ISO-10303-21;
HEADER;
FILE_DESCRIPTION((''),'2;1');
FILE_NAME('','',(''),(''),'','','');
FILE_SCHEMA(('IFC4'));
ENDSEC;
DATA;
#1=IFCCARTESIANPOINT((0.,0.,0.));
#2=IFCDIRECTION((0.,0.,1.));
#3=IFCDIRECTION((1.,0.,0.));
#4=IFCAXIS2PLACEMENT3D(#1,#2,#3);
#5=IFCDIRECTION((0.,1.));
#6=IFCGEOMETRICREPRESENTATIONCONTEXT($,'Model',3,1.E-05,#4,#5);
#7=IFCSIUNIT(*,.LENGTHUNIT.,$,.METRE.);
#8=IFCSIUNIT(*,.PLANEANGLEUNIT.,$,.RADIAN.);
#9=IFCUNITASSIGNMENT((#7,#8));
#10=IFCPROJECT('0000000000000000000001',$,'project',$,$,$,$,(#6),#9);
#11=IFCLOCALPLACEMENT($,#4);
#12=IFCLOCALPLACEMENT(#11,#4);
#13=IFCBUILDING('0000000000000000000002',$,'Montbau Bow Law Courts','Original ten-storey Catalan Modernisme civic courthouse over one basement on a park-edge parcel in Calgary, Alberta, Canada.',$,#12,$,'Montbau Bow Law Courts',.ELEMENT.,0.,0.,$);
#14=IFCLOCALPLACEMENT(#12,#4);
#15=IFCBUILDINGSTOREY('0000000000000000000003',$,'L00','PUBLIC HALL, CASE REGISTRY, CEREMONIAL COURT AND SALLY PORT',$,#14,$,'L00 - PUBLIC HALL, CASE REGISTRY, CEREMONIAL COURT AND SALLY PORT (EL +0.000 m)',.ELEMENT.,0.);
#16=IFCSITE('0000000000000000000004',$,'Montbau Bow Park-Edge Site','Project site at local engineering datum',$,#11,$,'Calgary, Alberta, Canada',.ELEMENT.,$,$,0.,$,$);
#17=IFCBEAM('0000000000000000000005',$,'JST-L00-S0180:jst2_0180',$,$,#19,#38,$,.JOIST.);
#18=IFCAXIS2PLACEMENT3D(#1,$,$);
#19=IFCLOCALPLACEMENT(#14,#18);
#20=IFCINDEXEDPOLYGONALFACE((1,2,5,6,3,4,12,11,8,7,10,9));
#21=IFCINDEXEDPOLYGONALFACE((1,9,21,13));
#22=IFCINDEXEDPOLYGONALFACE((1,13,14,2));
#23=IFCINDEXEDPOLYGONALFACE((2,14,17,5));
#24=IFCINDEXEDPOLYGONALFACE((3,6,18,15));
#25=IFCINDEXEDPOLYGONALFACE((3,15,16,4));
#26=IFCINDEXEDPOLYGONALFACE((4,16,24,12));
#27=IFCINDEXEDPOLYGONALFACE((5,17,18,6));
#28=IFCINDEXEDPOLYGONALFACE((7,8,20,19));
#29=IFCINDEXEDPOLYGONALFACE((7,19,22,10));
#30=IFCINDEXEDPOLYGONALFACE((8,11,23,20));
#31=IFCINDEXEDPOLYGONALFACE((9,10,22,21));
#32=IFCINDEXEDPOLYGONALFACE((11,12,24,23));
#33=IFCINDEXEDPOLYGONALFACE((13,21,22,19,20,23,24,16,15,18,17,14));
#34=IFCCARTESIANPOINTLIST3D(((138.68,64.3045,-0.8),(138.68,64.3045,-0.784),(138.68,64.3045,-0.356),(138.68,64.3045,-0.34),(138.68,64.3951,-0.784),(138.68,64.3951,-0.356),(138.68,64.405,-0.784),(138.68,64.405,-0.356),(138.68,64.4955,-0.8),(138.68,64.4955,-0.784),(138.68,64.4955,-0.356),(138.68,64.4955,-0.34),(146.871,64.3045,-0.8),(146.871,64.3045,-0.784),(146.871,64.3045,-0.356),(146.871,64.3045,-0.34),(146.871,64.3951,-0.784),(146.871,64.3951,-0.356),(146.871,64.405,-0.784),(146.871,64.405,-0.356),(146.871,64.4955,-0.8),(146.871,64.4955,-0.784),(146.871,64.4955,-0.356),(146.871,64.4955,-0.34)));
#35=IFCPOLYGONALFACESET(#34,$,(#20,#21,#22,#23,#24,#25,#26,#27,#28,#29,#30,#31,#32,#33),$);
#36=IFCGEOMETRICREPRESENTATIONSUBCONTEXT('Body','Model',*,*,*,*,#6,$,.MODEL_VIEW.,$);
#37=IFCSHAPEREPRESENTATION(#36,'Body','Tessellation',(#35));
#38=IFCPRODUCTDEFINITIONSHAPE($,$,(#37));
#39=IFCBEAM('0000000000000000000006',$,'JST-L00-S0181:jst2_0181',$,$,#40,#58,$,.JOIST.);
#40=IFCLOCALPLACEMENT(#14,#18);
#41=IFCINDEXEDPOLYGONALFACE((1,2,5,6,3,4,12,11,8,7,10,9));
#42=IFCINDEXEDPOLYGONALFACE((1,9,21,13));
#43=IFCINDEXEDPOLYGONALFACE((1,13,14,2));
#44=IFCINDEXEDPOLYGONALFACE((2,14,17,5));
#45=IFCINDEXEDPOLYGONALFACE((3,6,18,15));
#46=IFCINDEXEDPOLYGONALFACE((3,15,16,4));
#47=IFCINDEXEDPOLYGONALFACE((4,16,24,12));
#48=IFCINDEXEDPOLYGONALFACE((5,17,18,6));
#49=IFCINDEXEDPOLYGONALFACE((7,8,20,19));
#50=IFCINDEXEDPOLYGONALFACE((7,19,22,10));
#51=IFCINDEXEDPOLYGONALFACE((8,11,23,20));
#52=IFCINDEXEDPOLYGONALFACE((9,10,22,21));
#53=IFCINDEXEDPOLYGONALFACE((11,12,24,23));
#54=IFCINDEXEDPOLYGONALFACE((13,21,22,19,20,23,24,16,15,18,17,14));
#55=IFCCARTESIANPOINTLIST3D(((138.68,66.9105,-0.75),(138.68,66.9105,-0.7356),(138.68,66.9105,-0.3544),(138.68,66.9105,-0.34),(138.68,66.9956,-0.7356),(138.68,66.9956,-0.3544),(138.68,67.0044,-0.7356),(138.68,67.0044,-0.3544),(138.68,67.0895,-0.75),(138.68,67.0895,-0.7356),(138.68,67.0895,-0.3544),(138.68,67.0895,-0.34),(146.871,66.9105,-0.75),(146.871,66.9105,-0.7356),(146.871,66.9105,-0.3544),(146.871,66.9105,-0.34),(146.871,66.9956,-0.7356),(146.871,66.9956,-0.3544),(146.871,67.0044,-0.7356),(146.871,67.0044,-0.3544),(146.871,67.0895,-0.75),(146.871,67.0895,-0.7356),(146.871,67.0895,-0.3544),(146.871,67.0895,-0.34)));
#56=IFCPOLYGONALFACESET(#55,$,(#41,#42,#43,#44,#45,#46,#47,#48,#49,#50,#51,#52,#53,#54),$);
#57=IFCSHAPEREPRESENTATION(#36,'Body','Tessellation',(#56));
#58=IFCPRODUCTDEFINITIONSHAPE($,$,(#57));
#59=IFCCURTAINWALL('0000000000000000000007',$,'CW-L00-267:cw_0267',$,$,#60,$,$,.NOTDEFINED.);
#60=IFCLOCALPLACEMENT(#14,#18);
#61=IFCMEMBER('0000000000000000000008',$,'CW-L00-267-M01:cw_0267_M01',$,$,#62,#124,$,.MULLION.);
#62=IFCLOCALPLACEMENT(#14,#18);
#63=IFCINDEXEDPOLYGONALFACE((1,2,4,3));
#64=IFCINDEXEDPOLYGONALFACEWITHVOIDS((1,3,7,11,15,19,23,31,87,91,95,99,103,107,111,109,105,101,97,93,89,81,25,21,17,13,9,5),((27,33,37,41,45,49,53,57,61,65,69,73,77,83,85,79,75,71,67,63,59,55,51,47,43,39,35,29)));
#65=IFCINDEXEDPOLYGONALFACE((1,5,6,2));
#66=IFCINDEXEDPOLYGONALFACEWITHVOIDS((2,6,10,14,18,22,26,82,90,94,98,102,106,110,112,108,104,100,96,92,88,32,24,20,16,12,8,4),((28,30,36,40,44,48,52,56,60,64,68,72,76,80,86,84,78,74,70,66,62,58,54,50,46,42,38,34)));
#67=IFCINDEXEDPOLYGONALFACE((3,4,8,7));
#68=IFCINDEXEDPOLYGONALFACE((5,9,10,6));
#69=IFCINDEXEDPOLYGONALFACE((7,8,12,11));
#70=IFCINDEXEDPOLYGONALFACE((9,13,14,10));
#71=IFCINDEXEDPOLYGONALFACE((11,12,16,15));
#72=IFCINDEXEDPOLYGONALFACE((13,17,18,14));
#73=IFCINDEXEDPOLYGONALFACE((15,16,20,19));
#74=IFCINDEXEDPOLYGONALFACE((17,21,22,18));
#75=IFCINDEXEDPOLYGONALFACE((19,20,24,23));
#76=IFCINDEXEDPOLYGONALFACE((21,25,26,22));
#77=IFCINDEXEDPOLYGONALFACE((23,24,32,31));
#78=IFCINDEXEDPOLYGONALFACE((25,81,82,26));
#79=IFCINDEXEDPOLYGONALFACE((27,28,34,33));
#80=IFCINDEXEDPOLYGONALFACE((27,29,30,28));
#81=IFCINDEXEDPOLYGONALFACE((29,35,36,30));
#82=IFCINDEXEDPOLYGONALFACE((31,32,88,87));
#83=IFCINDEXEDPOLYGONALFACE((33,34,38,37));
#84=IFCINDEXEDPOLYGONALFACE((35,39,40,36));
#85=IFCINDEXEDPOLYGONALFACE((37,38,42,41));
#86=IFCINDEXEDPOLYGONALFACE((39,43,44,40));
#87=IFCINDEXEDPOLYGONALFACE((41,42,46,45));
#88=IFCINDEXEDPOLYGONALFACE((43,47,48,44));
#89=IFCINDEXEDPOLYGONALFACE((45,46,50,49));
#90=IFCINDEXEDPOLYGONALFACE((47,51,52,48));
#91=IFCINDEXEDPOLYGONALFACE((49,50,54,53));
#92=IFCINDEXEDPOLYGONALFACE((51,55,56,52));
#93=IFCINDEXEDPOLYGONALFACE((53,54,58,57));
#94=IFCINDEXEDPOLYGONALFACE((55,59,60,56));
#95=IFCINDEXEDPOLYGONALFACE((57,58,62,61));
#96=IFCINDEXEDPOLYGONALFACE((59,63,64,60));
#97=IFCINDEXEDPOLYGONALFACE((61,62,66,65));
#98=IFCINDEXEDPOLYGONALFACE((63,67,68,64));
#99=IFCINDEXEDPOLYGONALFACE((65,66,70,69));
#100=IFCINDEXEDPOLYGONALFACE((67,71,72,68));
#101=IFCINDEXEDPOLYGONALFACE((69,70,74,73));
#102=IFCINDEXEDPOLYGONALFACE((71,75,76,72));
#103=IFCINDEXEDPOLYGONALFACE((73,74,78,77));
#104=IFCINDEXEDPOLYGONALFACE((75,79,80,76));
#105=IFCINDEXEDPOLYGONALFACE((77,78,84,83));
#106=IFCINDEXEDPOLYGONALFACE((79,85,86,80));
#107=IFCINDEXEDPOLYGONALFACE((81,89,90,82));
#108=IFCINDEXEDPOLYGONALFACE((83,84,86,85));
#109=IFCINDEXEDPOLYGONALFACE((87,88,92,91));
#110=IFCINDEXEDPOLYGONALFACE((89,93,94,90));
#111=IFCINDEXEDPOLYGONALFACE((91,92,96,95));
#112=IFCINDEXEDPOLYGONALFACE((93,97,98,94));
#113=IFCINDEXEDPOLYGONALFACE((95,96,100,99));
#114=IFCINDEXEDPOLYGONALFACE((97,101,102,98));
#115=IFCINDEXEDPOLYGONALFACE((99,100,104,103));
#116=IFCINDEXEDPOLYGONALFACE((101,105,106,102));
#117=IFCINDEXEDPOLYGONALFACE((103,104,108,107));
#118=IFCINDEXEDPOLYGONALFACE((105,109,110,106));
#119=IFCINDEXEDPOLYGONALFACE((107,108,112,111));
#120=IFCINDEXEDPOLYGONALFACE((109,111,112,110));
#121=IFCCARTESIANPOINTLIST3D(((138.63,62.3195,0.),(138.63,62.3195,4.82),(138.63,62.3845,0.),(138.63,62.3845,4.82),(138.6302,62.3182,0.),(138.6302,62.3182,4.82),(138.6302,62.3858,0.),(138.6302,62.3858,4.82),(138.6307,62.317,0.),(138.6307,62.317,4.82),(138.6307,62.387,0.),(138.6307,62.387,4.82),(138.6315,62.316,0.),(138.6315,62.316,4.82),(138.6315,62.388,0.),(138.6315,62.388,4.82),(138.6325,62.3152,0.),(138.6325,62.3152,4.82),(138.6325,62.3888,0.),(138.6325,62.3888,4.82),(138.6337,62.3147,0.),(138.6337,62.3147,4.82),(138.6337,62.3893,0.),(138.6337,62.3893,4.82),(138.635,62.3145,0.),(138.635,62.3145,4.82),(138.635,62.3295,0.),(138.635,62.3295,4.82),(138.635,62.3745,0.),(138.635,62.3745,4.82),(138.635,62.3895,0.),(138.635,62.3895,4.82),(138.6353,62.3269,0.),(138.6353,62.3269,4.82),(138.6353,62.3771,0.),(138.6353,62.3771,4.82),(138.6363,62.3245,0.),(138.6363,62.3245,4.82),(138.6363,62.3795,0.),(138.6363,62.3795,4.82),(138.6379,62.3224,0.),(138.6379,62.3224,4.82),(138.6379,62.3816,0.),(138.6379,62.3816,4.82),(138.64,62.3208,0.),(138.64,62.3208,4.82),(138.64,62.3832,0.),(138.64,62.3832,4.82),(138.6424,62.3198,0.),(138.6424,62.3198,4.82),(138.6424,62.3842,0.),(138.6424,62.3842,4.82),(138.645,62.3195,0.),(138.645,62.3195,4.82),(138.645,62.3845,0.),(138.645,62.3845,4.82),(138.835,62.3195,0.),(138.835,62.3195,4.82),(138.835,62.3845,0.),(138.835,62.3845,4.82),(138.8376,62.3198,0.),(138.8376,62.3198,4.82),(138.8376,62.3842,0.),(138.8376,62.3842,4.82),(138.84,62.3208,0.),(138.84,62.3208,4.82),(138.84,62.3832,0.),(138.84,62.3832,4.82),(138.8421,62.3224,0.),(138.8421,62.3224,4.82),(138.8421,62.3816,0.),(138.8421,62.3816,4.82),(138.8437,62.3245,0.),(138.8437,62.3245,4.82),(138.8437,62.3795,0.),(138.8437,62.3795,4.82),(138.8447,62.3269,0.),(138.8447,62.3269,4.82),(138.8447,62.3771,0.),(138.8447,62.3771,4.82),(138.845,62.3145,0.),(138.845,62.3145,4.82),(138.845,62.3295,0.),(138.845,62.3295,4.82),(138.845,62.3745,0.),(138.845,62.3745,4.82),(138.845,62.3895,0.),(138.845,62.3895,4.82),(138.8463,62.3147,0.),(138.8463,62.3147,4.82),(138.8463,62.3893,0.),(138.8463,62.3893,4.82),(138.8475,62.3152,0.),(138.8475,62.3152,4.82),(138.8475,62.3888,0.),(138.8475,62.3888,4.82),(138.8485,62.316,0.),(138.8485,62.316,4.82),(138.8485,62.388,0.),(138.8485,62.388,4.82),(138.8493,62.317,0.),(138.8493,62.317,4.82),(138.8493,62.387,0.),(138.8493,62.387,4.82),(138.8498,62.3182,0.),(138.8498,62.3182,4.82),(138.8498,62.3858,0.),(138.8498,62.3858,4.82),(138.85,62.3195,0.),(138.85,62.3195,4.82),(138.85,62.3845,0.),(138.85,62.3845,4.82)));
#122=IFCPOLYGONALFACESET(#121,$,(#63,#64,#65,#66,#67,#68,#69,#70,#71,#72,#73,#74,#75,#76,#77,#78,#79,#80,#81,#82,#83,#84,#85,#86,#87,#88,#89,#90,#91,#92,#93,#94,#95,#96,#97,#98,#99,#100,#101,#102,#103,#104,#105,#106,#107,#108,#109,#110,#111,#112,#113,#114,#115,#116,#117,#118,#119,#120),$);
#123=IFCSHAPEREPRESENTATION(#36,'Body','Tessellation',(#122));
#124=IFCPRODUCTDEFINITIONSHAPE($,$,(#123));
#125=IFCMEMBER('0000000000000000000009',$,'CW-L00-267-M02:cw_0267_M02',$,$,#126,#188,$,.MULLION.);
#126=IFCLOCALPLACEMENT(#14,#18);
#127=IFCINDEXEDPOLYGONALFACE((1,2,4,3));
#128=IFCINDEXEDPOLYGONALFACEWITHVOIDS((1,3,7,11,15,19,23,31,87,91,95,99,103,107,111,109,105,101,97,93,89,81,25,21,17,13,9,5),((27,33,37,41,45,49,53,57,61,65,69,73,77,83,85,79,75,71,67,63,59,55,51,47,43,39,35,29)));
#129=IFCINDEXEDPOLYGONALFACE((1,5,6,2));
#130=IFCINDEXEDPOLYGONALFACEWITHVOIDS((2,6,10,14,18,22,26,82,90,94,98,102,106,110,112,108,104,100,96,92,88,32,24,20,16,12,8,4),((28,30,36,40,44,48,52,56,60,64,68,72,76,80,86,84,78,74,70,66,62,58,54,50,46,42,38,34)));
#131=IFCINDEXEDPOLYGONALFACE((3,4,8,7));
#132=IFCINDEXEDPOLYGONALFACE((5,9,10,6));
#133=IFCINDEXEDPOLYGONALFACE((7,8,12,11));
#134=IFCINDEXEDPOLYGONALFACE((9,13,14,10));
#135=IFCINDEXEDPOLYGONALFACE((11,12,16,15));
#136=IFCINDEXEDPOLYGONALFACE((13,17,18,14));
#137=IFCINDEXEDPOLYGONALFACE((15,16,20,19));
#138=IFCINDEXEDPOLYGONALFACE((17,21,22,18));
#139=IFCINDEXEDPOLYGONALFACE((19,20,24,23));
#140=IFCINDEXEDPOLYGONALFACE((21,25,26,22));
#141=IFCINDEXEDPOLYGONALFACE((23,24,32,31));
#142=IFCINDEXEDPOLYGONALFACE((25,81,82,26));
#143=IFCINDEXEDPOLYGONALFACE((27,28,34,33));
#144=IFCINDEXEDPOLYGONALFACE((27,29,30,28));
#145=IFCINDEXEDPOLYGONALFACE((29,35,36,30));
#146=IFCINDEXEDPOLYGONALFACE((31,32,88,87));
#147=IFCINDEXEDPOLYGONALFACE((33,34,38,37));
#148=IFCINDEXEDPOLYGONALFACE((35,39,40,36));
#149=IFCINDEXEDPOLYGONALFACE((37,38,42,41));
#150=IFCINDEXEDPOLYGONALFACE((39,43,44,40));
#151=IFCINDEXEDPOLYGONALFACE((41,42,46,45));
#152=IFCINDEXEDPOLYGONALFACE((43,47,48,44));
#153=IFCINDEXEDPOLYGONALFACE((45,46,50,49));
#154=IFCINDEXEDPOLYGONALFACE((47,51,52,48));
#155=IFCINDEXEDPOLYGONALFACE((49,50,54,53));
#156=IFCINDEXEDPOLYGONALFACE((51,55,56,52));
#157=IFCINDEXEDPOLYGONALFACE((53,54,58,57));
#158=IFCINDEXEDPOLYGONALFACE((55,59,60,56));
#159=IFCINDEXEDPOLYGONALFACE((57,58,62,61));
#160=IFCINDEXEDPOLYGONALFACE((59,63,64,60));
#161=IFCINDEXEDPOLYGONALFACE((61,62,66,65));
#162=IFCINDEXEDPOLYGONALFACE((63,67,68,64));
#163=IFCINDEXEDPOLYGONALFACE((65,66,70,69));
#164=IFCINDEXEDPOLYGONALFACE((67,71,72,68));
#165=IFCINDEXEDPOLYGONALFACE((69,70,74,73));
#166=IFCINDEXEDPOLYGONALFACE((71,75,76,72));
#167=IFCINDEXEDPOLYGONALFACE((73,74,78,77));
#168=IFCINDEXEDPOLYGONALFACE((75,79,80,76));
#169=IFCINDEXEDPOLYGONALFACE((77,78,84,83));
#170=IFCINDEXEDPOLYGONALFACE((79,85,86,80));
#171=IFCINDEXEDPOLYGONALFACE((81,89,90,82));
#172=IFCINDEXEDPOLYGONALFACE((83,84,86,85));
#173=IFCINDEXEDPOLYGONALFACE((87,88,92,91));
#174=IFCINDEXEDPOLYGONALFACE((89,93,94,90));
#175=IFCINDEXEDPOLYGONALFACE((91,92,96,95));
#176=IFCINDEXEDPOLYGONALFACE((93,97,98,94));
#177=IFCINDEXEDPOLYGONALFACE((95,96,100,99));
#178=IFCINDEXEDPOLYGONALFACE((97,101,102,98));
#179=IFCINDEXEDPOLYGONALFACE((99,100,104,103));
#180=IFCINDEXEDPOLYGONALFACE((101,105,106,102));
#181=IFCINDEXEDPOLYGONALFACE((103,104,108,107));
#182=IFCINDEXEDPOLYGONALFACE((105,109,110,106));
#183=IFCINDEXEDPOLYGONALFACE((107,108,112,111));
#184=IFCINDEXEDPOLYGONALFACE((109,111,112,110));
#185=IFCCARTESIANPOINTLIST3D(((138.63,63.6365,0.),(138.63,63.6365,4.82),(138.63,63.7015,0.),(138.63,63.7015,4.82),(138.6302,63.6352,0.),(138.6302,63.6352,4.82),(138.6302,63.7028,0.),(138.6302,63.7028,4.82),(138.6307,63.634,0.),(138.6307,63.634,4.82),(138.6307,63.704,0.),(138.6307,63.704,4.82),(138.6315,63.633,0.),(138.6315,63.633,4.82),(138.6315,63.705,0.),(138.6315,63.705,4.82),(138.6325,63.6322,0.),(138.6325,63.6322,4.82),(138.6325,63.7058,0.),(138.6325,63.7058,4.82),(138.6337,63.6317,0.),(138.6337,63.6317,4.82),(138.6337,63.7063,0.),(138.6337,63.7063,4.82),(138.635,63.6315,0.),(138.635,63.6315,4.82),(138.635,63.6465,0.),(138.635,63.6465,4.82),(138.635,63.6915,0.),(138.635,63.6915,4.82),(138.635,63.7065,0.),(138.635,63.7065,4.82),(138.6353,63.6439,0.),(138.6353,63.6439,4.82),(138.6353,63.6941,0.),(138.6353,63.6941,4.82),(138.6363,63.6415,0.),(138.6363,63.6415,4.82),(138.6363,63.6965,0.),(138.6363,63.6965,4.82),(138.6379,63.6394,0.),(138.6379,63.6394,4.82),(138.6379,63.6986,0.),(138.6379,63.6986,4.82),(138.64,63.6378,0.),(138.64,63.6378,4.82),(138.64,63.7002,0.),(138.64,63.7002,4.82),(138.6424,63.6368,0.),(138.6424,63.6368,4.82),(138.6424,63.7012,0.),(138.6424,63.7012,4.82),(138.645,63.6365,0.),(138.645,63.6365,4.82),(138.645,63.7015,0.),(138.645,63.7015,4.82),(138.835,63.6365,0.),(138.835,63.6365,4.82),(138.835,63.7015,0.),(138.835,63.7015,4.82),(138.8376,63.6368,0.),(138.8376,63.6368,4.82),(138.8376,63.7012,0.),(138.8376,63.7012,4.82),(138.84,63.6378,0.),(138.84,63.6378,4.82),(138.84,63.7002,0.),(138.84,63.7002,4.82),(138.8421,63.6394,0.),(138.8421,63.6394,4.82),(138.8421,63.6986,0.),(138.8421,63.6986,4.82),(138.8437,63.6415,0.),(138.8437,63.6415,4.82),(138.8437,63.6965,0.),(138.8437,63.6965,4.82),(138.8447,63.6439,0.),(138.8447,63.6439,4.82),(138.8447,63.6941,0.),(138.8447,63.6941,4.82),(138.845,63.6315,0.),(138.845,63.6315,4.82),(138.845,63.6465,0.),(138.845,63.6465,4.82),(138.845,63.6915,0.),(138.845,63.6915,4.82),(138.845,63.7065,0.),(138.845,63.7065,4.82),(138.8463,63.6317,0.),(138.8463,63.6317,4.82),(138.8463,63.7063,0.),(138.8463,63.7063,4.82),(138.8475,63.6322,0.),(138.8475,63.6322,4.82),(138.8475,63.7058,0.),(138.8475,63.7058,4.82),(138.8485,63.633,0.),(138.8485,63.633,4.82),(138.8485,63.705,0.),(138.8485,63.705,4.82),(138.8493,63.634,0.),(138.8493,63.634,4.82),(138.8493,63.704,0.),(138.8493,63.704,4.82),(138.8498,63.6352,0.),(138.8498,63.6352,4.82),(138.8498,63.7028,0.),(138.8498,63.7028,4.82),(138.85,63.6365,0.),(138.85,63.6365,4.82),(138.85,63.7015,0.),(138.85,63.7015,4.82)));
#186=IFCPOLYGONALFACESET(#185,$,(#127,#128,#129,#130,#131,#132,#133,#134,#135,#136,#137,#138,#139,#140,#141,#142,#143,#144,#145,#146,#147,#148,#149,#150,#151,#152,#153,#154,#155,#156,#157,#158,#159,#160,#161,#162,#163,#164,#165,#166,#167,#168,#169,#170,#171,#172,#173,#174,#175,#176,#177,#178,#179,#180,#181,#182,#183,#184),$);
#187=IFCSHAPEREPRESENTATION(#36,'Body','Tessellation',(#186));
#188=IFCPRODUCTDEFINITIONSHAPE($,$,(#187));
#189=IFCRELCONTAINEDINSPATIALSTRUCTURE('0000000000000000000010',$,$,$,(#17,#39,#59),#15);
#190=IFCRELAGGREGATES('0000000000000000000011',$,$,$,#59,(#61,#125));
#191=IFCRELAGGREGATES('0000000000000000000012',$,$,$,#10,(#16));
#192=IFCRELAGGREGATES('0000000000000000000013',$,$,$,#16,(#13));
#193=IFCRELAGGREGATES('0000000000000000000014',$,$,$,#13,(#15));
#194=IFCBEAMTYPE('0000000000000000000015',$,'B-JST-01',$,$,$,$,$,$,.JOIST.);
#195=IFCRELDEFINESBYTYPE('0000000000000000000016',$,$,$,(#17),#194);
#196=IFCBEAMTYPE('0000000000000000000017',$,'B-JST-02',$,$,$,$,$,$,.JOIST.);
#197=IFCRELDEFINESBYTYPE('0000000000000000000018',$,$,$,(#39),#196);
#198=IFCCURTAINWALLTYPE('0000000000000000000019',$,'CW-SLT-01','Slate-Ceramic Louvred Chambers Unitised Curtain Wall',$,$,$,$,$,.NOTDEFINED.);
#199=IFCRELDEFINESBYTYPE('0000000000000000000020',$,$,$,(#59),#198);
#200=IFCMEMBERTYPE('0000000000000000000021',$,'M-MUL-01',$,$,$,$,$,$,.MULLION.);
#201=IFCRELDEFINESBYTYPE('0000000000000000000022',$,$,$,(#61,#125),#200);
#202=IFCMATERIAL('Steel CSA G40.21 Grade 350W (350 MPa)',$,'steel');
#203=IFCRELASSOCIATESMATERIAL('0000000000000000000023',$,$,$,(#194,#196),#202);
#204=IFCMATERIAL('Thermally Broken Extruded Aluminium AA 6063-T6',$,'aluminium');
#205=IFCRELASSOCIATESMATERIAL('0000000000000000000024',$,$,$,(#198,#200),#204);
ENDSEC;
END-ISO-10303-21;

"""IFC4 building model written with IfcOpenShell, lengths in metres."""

from ifc_helpers import new_model, si_unit, direction, frame, origin_with_axes, origin_2d_with_axis, place, context, subcontext, project, spatial, hollow_rectangle, i_section, extrude, material, material_profile, profile_set, type_object, element, aggregate, save


model = new_model("IFC4")

# Units and contexts
model_context = context("Model", 3, precision=1e-05, world=origin_with_axes(), true_north=direction((0.0, 1.0)))
body_context = subcontext(model_context, "Body", "Model", "MODEL_VIEW")
ifc_project = project(units=[si_unit("LENGTHUNIT", "METRE"), si_unit("PLANEANGLEUNIT", "RADIAN")], contexts=[model_context])

# Site, building, storey
site_placement = place(None, origin_with_axes())
site = spatial("IfcSite", under=ifc_project, at=site_placement, Name="Montbau Bow Park-Edge Site", Description="Project site at local engineering datum", LongName="Calgary, Alberta, Canada", CompositionType="ELEMENT", RefElevation=0.0)
building_placement = place(site_placement, origin_with_axes())
building = spatial("IfcBuilding", under=site, at=building_placement, Name="Montbau Bow Law Courts", Description="Original ten-storey Catalan Modernisme civic courthouse over one basement on a park-edge parcel in Calgary, Alberta, Canada.", LongName="Montbau Bow Law Courts", CompositionType="ELEMENT", ElevationOfRefHeight=0.0, ElevationOfTerrain=0.0)
storey_placement = place(building_placement, origin_with_axes())
storey = spatial("IfcBuildingStorey", under=building, at=storey_placement, Name="L00", Description="PUBLIC HALL, CASE REGISTRY, CEREMONIAL COURT AND SALLY PORT", LongName="L00 - PUBLIC HALL, CASE REGISTRY, CEREMONIAL COURT AND SALLY PORT (EL +0.000 m)", CompositionType="ELEMENT", Elevation=0.0)

# Beams
ifc_material_1 = material(Name="Steel CSA G40.21 Grade 350W (350 MPa)", Category="steel")
ifc_material_profile_1 = material_profile(ifc_material_1, i_section(OverallWidth=0.191, OverallDepth=0.46, WebThickness=0.0099, FlangeThickness=0.016, at=origin_2d_with_axis()), Name="W460X82", Category="Main", Priority=0)
ifc_profile_set_1 = profile_set([ifc_material_profile_1], Name="Steel CSA G40.21 Grade 350W (350 MPa)")
beam_type_1 = type_object("IfcBeamType", Name="B-JST-01", PredefinedType="JOIST", material=ifc_profile_set_1)
beam_1_placement = place(None, frame((138.68, 64.4, -0.57), z_axis=(1.0, 0.0, 0.0), x_axis=(0.0, 1.0, 0.0)))
element("IfcBeam", 1, at=beam_1_placement, inside=storey, type_object=beam_type_1, Name="JST-L00-S0180:jst2_0180", PredefinedType="JOIST", context=body_context, shape_type="SweptSolid", body=[
    extrude(i_section(OverallWidth=0.191, OverallDepth=0.46, WebThickness=0.0099, FlangeThickness=0.016, at=origin_2d_with_axis()), origin_with_axes(), (0.0, 0.0, 1.0), 8.191),
])
ifc_material_profile_2 = material_profile(ifc_material_1, i_section(OverallWidth=0.179, OverallDepth=0.41, WebThickness=0.0088, FlangeThickness=0.0144, at=origin_2d_with_axis()), Name="W410X67", Category="Main", Priority=0)
ifc_profile_set_2 = profile_set([ifc_material_profile_2], Name="Steel CSA G40.21 Grade 350W (350 MPa)")
beam_type_2 = type_object("IfcBeamType", Name="B-JST-02", PredefinedType="JOIST", material=ifc_profile_set_2)
beam_2_placement = place(None, frame((138.68, 67.0, -0.545), z_axis=(1.0, 0.0, 0.0), x_axis=(0.0, 1.0, 0.0)))
element("IfcBeam", 2, at=beam_2_placement, inside=storey, type_object=beam_type_2, Name="JST-L00-S0181:jst2_0181", PredefinedType="JOIST", context=body_context, shape_type="SweptSolid", body=[
    extrude(i_section(OverallWidth=0.179, OverallDepth=0.41, WebThickness=0.0088, FlangeThickness=0.0144, at=origin_2d_with_axis()), origin_with_axes(), (0.0, 0.0, 1.0), 8.191),
])

# Curtain wall, members
ifc_material_2 = material(Name="Thermally Broken Extruded Aluminium AA 6063-T6", Category="aluminium")
curtain_wall_type = type_object("IfcCurtainWallType", Name="CW-SLT-01", Description="Slate-Ceramic Louvred Chambers Unitised Curtain Wall", PredefinedType="NOTDEFINED", material=ifc_material_2)
curtain_wall_placement = place(None, frame((138.74, 62.315, 0.0), z_axis=(0.0, 0.0, 1.0), x_axis=(1.0, 0.0, 0.0)))
curtain_wall = element("IfcCurtainWall", 3, at=curtain_wall_placement, inside=storey, type_object=curtain_wall_type, Name="CW-L00-267:cw_0267", PredefinedType="NOTDEFINED")
ifc_material_profile_3 = material_profile(ifc_material_2, hollow_rectangle(XDim=0.075, YDim=0.22, WallThickness=0.005, InnerFilletRadius=0.01, OuterFilletRadius=0.005, at=origin_2d_with_axis()), Name="CWM-220X75", Category="Main", Priority=0)
ifc_profile_set_3 = profile_set([ifc_material_profile_3], Name="Thermally Broken Extruded Aluminium AA 6063-T6")
member_type_1 = type_object("IfcMemberType", Name="M-MUL-01", PredefinedType="MULLION", material=ifc_profile_set_3)
member_1_placement = place(None, frame((138.74, 62.352, 0.0), z_axis=(0.0, 0.0, 1.0), x_axis=(0.0, 1.0, 0.0)))
member_1 = element("IfcMember", 4, at=member_1_placement, type_object=member_type_1, Name="CW-L00-267-M01:cw_0267_M01", PredefinedType="MULLION", context=body_context, shape_type="SweptSolid", body=[
    extrude(hollow_rectangle(XDim=0.075, YDim=0.22, WallThickness=0.005, InnerFilletRadius=0.01, OuterFilletRadius=0.005, at=origin_2d_with_axis()), origin_with_axes(), (0.0, 0.0, 1.0), 4.82),
])
member_2_placement = place(None, frame((138.74, 63.669, 0.0), z_axis=(0.0, 0.0, 1.0), x_axis=(0.0, 1.0, 0.0)))
member_2 = element("IfcMember", 5, at=member_2_placement, type_object=member_type_1, Name="CW-L00-267-M02:cw_0267_M02", PredefinedType="MULLION", context=body_context, shape_type="SweptSolid", body=[
    extrude(hollow_rectangle(XDim=0.075, YDim=0.22, WallThickness=0.005, InnerFilletRadius=0.01, OuterFilletRadius=0.005, at=origin_2d_with_axis()), origin_with_axes(), (0.0, 0.0, 1.0), 4.82),
])
aggregate(curtain_wall, [member_1, member_2])

save(model, "model.ifc")
